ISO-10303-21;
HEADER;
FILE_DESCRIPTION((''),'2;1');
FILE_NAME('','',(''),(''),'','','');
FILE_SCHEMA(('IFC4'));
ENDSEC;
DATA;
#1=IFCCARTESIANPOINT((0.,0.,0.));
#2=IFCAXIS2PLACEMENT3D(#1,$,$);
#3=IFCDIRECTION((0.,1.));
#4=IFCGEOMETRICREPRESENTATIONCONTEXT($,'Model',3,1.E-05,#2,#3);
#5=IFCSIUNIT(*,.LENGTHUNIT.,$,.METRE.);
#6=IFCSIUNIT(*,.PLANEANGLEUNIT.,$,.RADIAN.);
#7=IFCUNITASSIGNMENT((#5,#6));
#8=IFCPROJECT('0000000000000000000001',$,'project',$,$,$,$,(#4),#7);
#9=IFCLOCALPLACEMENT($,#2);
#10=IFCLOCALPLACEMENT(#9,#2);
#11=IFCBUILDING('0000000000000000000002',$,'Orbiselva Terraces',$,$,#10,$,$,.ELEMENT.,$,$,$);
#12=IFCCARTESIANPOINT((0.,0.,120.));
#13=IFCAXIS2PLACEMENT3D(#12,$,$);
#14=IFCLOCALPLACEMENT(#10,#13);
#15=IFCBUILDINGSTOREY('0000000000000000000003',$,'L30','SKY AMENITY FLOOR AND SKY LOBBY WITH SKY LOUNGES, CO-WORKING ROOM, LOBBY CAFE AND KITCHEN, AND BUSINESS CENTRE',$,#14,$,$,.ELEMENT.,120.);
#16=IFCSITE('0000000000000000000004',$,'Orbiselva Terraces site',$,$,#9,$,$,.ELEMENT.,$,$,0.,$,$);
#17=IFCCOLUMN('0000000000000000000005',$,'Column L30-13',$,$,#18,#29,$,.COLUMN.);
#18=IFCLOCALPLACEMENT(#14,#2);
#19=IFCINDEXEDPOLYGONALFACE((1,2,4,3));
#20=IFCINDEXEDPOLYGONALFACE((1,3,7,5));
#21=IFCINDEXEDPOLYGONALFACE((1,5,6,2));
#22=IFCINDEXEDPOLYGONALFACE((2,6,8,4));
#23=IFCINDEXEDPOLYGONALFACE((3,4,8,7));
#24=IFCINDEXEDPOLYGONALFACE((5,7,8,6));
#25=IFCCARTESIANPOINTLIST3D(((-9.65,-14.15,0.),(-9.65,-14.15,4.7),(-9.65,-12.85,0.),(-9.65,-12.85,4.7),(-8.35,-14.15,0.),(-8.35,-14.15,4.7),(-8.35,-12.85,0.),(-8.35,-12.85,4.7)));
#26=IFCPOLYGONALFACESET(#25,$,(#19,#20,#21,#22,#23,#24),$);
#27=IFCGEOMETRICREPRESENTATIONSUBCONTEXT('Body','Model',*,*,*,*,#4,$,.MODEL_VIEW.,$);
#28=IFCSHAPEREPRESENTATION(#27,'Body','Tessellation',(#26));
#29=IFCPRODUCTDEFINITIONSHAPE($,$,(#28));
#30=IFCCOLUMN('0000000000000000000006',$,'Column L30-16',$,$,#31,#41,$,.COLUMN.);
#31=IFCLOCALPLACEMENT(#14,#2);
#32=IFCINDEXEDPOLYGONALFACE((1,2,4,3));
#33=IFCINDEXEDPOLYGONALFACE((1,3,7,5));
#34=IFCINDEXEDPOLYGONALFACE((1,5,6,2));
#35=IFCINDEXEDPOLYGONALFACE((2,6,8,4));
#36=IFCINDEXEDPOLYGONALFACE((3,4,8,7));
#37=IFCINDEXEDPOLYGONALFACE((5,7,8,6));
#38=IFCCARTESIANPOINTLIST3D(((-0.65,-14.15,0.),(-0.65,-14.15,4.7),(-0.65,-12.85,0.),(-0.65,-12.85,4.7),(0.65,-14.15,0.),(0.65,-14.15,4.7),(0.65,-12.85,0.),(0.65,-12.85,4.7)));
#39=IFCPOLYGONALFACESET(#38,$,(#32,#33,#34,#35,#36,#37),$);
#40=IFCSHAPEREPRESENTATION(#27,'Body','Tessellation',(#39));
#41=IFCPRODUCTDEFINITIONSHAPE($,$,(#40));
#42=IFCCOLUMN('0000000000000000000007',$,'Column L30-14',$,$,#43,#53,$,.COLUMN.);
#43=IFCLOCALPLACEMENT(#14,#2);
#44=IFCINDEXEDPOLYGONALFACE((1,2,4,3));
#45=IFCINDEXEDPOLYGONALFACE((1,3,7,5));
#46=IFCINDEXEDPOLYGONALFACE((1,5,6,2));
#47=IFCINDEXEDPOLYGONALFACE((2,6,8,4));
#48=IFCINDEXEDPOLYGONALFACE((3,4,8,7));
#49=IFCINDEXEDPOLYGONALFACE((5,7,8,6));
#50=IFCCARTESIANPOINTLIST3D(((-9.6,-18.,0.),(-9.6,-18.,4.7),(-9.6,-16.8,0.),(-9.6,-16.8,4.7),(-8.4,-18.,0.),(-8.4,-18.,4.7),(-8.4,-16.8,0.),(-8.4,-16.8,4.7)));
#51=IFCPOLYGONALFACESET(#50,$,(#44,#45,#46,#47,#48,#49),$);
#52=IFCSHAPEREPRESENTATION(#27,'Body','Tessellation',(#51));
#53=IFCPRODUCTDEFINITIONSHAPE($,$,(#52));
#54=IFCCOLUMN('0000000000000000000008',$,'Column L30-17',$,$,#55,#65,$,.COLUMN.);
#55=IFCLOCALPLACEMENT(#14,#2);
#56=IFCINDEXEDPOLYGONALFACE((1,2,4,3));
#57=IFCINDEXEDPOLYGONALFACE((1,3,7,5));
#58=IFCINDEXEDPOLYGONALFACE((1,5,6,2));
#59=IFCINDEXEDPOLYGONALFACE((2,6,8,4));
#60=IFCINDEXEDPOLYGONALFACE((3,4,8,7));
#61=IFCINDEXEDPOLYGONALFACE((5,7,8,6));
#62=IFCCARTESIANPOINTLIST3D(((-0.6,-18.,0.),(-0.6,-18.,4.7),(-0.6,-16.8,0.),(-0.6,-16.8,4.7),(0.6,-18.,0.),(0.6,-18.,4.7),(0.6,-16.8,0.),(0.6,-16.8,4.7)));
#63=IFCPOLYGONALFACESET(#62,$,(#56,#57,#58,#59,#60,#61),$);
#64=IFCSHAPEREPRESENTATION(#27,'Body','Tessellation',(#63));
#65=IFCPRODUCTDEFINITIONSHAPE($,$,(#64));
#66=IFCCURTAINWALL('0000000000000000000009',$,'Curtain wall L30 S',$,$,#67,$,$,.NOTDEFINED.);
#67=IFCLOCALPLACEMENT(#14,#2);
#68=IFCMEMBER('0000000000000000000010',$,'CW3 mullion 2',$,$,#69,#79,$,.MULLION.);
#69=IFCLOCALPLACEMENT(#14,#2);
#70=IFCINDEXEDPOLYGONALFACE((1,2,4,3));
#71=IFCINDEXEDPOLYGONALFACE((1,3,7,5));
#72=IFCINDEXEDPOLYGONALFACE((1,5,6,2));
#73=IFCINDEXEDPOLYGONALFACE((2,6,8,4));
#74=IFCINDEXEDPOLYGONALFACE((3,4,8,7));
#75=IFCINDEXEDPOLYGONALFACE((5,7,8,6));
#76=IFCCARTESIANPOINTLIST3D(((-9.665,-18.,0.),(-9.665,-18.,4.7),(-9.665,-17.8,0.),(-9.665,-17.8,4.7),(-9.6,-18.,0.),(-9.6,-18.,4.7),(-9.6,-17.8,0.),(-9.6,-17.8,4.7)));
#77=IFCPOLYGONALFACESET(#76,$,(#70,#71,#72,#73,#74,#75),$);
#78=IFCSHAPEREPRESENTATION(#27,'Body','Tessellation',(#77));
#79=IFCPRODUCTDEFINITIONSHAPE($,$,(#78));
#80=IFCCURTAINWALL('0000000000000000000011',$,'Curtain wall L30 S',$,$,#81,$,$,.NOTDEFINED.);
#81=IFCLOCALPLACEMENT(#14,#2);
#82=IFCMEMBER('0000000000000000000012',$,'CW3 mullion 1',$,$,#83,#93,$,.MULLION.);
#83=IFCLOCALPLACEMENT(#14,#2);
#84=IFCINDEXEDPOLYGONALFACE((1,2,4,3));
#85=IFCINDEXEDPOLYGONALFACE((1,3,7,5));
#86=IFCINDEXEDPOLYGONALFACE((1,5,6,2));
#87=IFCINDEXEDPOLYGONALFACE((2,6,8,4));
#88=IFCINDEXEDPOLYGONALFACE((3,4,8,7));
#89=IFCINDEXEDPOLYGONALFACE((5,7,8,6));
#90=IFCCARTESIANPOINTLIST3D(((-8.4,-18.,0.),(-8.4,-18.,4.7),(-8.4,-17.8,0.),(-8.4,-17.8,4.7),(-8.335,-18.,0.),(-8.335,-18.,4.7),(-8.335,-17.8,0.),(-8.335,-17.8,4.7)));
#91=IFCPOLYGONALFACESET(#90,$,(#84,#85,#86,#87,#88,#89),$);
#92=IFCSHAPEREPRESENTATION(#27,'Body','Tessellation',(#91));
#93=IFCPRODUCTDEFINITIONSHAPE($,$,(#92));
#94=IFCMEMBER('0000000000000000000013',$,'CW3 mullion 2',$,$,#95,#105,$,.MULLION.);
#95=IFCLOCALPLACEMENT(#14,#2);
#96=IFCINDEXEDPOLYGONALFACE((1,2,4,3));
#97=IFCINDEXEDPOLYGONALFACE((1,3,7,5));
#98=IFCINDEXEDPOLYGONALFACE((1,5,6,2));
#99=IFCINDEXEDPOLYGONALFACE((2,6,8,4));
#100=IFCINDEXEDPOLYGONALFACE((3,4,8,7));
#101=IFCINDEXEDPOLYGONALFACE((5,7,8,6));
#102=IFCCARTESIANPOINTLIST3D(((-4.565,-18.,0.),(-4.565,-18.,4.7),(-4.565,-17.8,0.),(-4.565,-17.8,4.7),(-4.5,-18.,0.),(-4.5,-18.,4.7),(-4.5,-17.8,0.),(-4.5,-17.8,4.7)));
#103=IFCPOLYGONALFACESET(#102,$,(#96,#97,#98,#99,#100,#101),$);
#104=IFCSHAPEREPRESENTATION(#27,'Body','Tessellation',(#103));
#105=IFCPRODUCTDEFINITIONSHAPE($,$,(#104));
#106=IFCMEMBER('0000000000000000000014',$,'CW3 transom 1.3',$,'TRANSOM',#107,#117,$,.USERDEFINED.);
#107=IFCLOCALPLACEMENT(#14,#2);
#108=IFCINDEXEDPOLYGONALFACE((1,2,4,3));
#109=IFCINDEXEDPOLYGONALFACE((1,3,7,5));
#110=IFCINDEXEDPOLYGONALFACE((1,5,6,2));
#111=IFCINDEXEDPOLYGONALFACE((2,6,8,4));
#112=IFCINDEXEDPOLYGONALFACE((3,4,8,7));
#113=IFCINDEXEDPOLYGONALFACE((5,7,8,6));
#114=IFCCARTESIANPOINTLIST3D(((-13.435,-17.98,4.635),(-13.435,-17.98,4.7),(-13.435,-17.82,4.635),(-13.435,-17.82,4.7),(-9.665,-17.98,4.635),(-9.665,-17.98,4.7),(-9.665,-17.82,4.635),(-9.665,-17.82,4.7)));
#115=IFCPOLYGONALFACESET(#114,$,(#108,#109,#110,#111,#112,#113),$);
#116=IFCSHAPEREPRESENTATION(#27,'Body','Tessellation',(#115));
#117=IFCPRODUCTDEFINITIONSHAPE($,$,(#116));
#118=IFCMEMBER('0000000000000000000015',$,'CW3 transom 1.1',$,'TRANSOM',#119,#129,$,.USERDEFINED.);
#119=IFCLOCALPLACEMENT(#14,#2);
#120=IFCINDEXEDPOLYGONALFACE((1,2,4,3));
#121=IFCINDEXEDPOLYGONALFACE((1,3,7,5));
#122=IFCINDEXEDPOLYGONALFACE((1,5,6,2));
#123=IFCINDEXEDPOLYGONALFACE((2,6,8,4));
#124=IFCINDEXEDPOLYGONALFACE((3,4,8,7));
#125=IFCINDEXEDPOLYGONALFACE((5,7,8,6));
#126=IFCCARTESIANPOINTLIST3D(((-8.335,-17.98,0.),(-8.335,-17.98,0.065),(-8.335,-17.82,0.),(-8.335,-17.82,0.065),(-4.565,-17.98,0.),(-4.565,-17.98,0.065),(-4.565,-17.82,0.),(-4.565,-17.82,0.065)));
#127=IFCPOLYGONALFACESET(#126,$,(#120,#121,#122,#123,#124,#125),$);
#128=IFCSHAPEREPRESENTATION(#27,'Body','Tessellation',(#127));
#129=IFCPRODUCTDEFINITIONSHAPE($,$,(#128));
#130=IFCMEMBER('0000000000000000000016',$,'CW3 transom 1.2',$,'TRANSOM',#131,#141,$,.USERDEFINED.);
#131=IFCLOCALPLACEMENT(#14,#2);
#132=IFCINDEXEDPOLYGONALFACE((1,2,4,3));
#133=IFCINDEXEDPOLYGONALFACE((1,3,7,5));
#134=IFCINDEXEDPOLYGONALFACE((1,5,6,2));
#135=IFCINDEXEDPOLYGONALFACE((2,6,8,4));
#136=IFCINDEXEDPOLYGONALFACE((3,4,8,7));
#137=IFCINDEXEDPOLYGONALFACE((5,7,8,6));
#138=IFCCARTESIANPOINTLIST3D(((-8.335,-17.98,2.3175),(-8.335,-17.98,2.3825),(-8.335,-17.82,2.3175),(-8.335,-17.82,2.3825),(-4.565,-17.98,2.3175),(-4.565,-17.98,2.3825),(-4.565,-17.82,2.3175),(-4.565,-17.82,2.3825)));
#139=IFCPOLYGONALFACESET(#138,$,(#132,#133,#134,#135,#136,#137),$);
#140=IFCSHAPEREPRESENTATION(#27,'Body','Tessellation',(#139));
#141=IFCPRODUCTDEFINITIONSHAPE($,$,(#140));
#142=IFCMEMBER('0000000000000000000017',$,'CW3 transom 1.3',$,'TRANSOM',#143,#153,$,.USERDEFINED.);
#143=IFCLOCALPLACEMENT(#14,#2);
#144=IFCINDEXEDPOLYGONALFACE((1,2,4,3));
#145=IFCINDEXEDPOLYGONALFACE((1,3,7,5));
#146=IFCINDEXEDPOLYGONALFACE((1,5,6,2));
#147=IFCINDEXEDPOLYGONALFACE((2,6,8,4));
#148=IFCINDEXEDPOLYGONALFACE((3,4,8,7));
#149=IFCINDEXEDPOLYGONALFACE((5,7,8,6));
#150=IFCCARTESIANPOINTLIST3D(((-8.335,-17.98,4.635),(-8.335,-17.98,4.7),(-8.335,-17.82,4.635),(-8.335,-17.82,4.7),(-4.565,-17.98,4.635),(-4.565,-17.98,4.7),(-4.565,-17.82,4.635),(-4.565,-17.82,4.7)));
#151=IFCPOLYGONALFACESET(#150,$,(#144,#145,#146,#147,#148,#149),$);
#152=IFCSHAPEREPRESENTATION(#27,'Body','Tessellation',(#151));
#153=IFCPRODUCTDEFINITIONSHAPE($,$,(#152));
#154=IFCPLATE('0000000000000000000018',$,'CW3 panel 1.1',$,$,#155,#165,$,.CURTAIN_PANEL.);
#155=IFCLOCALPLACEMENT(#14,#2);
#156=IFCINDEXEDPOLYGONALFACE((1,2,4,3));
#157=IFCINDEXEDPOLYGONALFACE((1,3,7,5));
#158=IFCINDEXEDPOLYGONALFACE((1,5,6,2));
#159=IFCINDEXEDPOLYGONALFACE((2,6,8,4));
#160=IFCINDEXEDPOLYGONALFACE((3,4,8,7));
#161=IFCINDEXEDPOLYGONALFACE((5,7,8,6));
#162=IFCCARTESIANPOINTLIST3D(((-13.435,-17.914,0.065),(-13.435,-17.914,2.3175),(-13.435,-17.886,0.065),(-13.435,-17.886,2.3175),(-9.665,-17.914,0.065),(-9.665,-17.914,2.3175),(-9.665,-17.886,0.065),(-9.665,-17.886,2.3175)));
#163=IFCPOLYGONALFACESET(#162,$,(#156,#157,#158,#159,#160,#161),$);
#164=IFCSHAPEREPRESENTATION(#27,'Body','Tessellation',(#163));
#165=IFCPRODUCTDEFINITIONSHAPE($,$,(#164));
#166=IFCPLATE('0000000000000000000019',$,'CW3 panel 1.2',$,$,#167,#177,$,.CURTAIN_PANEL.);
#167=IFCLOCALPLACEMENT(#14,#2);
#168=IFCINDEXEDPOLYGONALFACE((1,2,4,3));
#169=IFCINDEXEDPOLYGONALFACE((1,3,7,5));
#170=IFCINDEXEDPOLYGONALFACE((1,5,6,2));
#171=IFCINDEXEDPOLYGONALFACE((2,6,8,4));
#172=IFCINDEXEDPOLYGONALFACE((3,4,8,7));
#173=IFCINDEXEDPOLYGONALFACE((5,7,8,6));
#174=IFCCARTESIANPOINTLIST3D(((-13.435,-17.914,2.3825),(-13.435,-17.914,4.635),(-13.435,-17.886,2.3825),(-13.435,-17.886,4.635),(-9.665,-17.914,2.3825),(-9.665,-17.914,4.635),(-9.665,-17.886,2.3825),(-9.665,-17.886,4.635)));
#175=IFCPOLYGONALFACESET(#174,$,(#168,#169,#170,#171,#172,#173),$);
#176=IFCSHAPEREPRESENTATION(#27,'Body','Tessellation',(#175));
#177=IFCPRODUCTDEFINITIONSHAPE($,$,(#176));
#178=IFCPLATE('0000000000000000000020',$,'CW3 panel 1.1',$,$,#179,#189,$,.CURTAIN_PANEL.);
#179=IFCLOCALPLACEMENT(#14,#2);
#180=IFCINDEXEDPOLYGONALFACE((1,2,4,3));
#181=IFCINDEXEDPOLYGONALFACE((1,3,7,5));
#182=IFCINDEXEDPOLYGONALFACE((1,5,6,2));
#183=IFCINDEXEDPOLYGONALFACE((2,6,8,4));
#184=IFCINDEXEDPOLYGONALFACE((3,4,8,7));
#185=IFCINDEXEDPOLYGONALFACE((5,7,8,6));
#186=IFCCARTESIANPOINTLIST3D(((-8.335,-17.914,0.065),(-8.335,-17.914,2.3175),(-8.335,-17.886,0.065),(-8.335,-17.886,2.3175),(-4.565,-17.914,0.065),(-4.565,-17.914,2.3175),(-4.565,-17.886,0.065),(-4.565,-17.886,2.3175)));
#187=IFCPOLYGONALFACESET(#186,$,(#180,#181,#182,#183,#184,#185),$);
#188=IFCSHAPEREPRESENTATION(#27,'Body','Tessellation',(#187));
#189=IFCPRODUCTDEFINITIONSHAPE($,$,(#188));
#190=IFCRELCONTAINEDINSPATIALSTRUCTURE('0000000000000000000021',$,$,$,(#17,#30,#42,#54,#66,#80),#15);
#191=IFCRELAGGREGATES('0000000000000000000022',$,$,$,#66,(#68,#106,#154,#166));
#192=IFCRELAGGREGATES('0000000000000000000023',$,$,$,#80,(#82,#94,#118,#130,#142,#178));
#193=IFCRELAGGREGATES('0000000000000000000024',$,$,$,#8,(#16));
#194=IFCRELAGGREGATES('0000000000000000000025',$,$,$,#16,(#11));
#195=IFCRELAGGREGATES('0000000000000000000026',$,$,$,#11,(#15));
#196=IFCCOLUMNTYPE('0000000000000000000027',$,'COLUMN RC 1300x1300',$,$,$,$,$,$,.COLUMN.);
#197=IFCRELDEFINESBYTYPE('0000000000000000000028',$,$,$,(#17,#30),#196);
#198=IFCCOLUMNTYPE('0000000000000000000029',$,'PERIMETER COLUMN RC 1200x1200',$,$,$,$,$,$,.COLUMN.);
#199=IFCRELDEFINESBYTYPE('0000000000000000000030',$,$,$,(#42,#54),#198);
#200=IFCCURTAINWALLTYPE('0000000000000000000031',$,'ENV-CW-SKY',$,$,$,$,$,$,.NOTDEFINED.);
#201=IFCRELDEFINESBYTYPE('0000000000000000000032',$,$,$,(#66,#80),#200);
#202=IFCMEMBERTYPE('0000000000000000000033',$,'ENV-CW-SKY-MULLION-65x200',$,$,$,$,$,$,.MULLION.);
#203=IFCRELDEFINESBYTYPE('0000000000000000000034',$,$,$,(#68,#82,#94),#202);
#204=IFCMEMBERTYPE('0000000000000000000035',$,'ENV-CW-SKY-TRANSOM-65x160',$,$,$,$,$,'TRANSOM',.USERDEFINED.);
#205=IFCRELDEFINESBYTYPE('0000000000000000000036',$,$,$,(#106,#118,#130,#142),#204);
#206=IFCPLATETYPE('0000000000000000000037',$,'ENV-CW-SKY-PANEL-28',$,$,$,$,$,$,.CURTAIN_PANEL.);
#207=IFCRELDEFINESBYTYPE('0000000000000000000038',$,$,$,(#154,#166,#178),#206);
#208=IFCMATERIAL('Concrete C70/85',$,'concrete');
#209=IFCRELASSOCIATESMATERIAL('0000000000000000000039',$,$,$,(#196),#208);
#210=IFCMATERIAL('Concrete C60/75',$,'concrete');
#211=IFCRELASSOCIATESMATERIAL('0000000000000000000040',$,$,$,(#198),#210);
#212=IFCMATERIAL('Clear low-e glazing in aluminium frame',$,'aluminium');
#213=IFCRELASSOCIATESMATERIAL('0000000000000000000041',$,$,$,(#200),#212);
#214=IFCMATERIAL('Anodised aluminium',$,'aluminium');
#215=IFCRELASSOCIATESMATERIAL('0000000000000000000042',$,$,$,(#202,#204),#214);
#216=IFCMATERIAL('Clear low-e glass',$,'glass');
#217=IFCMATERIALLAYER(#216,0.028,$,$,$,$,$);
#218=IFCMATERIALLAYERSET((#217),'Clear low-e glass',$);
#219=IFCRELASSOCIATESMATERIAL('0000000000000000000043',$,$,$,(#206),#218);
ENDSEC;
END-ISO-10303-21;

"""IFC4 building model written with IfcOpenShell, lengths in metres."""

from ifc_helpers import new_model, si_unit, direction, frame, origin, origin_2d, place, context, subcontext, project, spatial, rectangle, extrude, material, layer, layer_set, material_profile, profile_set, type_object, element, aggregate, save


model = new_model("IFC4")

# Units and contexts
model_context = context("Model", 3, precision=1e-05, world=origin(), true_north=direction((0.0, 1.0)))
body_context = subcontext(model_context, "Body", "Model", "MODEL_VIEW")
ifc_project = project(units=[si_unit("LENGTHUNIT", "METRE"), si_unit("PLANEANGLEUNIT", "RADIAN")], contexts=[model_context])

# Site, building, storey
site_placement = place(None, origin())
site = spatial("IfcSite", under=ifc_project, at=site_placement, Name="Orbiselva Terraces site", CompositionType="ELEMENT", RefElevation=0.0)
building_placement = place(site_placement, origin())
building = spatial("IfcBuilding", under=site, at=building_placement, Name="Orbiselva Terraces", CompositionType="ELEMENT")
storey_placement = place(building_placement, frame((0.0, 0.0, 120.0)))
storey = spatial("IfcBuildingStorey", under=building, at=storey_placement, Name="L30", Description="SKY AMENITY FLOOR AND SKY LOBBY WITH SKY LOUNGES, CO-WORKING ROOM, LOBBY CAFE AND KITCHEN, AND BUSINESS CENTRE", CompositionType="ELEMENT", Elevation=120.0)

# Columns
ifc_material_1 = material(Name="Concrete C70/85", Category="concrete")
ifc_material_profile_1 = material_profile(ifc_material_1, rectangle(XDim=1.3, YDim=1.3, at=origin_2d()), Name="RC 1300x1300")
ifc_profile_set_1 = profile_set([ifc_material_profile_1], Name="Concrete C70/85")
column_type_1 = type_object("IfcColumnType", Name="COLUMN RC 1300x1300", PredefinedType="COLUMN", material=ifc_profile_set_1)
for number, where, z_axis, x_axis, name in (
    (1, (-9.0, -13.5, 0.0), (0.0, 0.0, 1.0), (1.0, 0.0, 0.0), "Column L30-13"),
    (2, (0.0, -13.5, 0.0), (0.0, 0.0, 1.0), (1.0, 0.0, 0.0), "Column L30-16"),
):
    element("IfcColumn", number, at=place(storey_placement, frame(where, z_axis=z_axis, x_axis=x_axis)), inside=storey, type_object=column_type_1, Name=name, PredefinedType="COLUMN", context=body_context, shape_type="SweptSolid", body=[
        extrude(rectangle(XDim=1.3, YDim=1.3, at=origin_2d()), origin(), (0.0, 0.0, 1.0), 4.7),
    ])
ifc_material_2 = material(Name="Concrete C60/75", Category="concrete")
ifc_material_profile_2 = material_profile(ifc_material_2, rectangle(XDim=1.2, YDim=1.2, at=origin_2d()), Name="RC 1200x1200")
ifc_profile_set_2 = profile_set([ifc_material_profile_2], Name="Concrete C60/75")
column_type_2 = type_object("IfcColumnType", Name="PERIMETER COLUMN RC 1200x1200", PredefinedType="COLUMN", material=ifc_profile_set_2)
for number, where, z_axis, x_axis, name in (
    (3, (-9.0, -17.4, 0.0), (0.0, 0.0, 1.0), (1.0, 0.0, 0.0), "Column L30-14"),
    (4, (0.0, -17.4, 0.0), (0.0, 0.0, 1.0), (1.0, 0.0, 0.0), "Column L30-17"),
):
    element("IfcColumn", number, at=place(storey_placement, frame(where, z_axis=z_axis, x_axis=x_axis)), inside=storey, type_object=column_type_2, Name=name, PredefinedType="COLUMN", context=body_context, shape_type="SweptSolid", body=[
        extrude(rectangle(XDim=1.2, YDim=1.2, at=origin_2d()), origin(), (0.0, 0.0, 1.0), 4.7),
    ])

# Curtain wall, member
ifc_material_3 = material(Name="Clear low-e glazing in aluminium frame", Category="aluminium")
curtain_wall_type = type_object("IfcCurtainWallType", Name="ENV-CW-SKY", PredefinedType="NOTDEFINED", material=ifc_material_3)
curtain_wall_1_placement = place(storey_placement, origin())
curtain_wall_1 = element("IfcCurtainWall", 5, at=curtain_wall_1_placement, inside=storey, type_object=curtain_wall_type, Name="Curtain wall L30 S", PredefinedType="NOTDEFINED")
ifc_material_4 = material(Name="Anodised aluminium", Category="aluminium")
ifc_material_profile_3 = material_profile(ifc_material_4, rectangle(XDim=0.2, YDim=0.065, at=origin_2d()), Name="AL 65x200")
ifc_profile_set_3 = profile_set([ifc_material_profile_3], Name="Anodised aluminium")
member_type_1 = type_object("IfcMemberType", Name="ENV-CW-SKY-MULLION-65x200", PredefinedType="MULLION", material=ifc_profile_set_3)
member_1_placement = place(storey_placement, frame((-9.6325, -17.9, 0.0), z_axis=(0.0, 0.0, 1.0), x_axis=(0.0, 1.0, 0.0)))
member_1 = element("IfcMember", 6, at=member_1_placement, type_object=member_type_1, Name="CW3 mullion 2", PredefinedType="MULLION", context=body_context, shape_type="SweptSolid", body=[
    extrude(rectangle(XDim=0.2, YDim=0.065, at=origin_2d()), origin(), (0.0, 0.0, 1.0), 4.7),
])

# Curtain wall, members
curtain_wall_2_placement = place(storey_placement, origin())
curtain_wall_2 = element("IfcCurtainWall", 7, at=curtain_wall_2_placement, inside=storey, type_object=curtain_wall_type, Name="Curtain wall L30 S", PredefinedType="NOTDEFINED")
member_2_placement = place(storey_placement, frame((-8.3675, -17.9, 0.0), z_axis=(0.0, 0.0, 1.0), x_axis=(0.0, 1.0, 0.0)))
member_2 = element("IfcMember", 8, at=member_2_placement, type_object=member_type_1, Name="CW3 mullion 1", PredefinedType="MULLION", context=body_context, shape_type="SweptSolid", body=[
    extrude(rectangle(XDim=0.2, YDim=0.065, at=origin_2d()), origin(), (0.0, 0.0, 1.0), 4.7),
])
member_3_placement = place(storey_placement, frame((-4.5325, -17.9, 0.0), z_axis=(0.0, 0.0, 1.0), x_axis=(0.0, 1.0, 0.0)))
member_3 = element("IfcMember", 9, at=member_3_placement, type_object=member_type_1, Name="CW3 mullion 2", PredefinedType="MULLION", context=body_context, shape_type="SweptSolid", body=[
    extrude(rectangle(XDim=0.2, YDim=0.065, at=origin_2d()), origin(), (0.0, 0.0, 1.0), 4.7),
])

# Members
ifc_material_profile_4 = material_profile(ifc_material_4, rectangle(XDim=0.16, YDim=0.065, at=origin_2d()), Name="AL 65x160")
ifc_profile_set_4 = profile_set([ifc_material_profile_4], Name="Anodised aluminium")
member_type_2 = type_object("IfcMemberType", Name="ENV-CW-SKY-TRANSOM-65x160", ElementType="TRANSOM", PredefinedType="USERDEFINED", material=ifc_profile_set_4)
member_4_placement = place(storey_placement, frame((-13.435, -17.9, 4.6675), z_axis=(1.0, 0.0, 0.0), x_axis=(0.0, 1.0, 0.0)))
member_4 = element("IfcMember", 10, at=member_4_placement, type_object=member_type_2, Name="CW3 transom 1.3", ObjectType="TRANSOM", PredefinedType="USERDEFINED", context=body_context, shape_type="SweptSolid", body=[
    extrude(rectangle(XDim=0.16, YDim=0.065, at=origin_2d()), origin(), (0.0, 0.0, 1.0), 3.77),
])
member_5_placement = place(storey_placement, frame((-8.335, -17.9, 0.0325), z_axis=(1.0, 0.0, 0.0), x_axis=(0.0, 1.0, 0.0)))
member_5 = element("IfcMember", 11, at=member_5_placement, type_object=member_type_2, Name="CW3 transom 1.1", ObjectType="TRANSOM", PredefinedType="USERDEFINED", context=body_context, shape_type="SweptSolid", body=[
    extrude(rectangle(XDim=0.16, YDim=0.065, at=origin_2d()), origin(), (0.0, 0.0, 1.0), 3.77),
])
member_6_placement = place(storey_placement, frame((-8.335, -17.9, 2.35), z_axis=(1.0, 0.0, 0.0), x_axis=(0.0, 1.0, 0.0)))
member_6 = element("IfcMember", 12, at=member_6_placement, type_object=member_type_2, Name="CW3 transom 1.2", ObjectType="TRANSOM", PredefinedType="USERDEFINED", context=body_context, shape_type="SweptSolid", body=[
    extrude(rectangle(XDim=0.16, YDim=0.065, at=origin_2d()), origin(), (0.0, 0.0, 1.0), 3.77),
])
member_7_placement = place(storey_placement, frame((-8.335, -17.9, 4.6675), z_axis=(1.0, 0.0, 0.0), x_axis=(0.0, 1.0, 0.0)))
member_7 = element("IfcMember", 13, at=member_7_placement, type_object=member_type_2, Name="CW3 transom 1.3", ObjectType="TRANSOM", PredefinedType="USERDEFINED", context=body_context, shape_type="SweptSolid", body=[
    extrude(rectangle(XDim=0.16, YDim=0.065, at=origin_2d()), origin(), (0.0, 0.0, 1.0), 3.77),
])

# Plates
ifc_material_5 = material(Name="Clear low-e glass", Category="glass")
ifc_layer_1 = layer(ifc_material_5, 0.028)
ifc_layer_set_1 = layer_set([ifc_layer_1], Name="Clear low-e glass")
plate_type = type_object("IfcPlateType", Name="ENV-CW-SKY-PANEL-28", PredefinedType="CURTAIN_PANEL", material=ifc_layer_set_1)
plate_1_placement = place(storey_placement, frame((-11.55, -17.9, 0.065), z_axis=(0.0, 0.0, 1.0), x_axis=(1.0, 0.0, 0.0)))
plate_1 = element("IfcPlate", 14, at=plate_1_placement, type_object=plate_type, Name="CW3 panel 1.1", PredefinedType="CURTAIN_PANEL", context=body_context, shape_type="SweptSolid", body=[
    extrude(rectangle(XDim=3.77, YDim=0.028, at=origin_2d()), origin(), (0.0, 0.0, 1.0), 2.2525),
])
plate_2_placement = place(storey_placement, frame((-11.55, -17.9, 2.3825), z_axis=(0.0, 0.0, 1.0), x_axis=(1.0, 0.0, 0.0)))
plate_2 = element("IfcPlate", 15, at=plate_2_placement, type_object=plate_type, Name="CW3 panel 1.2", PredefinedType="CURTAIN_PANEL", context=body_context, shape_type="SweptSolid", body=[
    extrude(rectangle(XDim=3.77, YDim=0.028, at=origin_2d()), origin(), (0.0, 0.0, 1.0), 2.2525),
])
aggregate(curtain_wall_1, [member_1, member_4, plate_1, plate_2])
plate_3_placement = place(storey_placement, frame((-6.45, -17.9, 0.065), z_axis=(0.0, 0.0, 1.0), x_axis=(1.0, 0.0, 0.0)))
plate_3 = element("IfcPlate", 16, at=plate_3_placement, type_object=plate_type, Name="CW3 panel 1.1", PredefinedType="CURTAIN_PANEL", context=body_context, shape_type="SweptSolid", body=[
    extrude(rectangle(XDim=3.77, YDim=0.028, at=origin_2d()), origin(), (0.0, 0.0, 1.0), 2.2525),
])
aggregate(curtain_wall_2, [member_2, member_3, member_5, member_6, member_7, plate_3])

save(model, "model.ifc")
